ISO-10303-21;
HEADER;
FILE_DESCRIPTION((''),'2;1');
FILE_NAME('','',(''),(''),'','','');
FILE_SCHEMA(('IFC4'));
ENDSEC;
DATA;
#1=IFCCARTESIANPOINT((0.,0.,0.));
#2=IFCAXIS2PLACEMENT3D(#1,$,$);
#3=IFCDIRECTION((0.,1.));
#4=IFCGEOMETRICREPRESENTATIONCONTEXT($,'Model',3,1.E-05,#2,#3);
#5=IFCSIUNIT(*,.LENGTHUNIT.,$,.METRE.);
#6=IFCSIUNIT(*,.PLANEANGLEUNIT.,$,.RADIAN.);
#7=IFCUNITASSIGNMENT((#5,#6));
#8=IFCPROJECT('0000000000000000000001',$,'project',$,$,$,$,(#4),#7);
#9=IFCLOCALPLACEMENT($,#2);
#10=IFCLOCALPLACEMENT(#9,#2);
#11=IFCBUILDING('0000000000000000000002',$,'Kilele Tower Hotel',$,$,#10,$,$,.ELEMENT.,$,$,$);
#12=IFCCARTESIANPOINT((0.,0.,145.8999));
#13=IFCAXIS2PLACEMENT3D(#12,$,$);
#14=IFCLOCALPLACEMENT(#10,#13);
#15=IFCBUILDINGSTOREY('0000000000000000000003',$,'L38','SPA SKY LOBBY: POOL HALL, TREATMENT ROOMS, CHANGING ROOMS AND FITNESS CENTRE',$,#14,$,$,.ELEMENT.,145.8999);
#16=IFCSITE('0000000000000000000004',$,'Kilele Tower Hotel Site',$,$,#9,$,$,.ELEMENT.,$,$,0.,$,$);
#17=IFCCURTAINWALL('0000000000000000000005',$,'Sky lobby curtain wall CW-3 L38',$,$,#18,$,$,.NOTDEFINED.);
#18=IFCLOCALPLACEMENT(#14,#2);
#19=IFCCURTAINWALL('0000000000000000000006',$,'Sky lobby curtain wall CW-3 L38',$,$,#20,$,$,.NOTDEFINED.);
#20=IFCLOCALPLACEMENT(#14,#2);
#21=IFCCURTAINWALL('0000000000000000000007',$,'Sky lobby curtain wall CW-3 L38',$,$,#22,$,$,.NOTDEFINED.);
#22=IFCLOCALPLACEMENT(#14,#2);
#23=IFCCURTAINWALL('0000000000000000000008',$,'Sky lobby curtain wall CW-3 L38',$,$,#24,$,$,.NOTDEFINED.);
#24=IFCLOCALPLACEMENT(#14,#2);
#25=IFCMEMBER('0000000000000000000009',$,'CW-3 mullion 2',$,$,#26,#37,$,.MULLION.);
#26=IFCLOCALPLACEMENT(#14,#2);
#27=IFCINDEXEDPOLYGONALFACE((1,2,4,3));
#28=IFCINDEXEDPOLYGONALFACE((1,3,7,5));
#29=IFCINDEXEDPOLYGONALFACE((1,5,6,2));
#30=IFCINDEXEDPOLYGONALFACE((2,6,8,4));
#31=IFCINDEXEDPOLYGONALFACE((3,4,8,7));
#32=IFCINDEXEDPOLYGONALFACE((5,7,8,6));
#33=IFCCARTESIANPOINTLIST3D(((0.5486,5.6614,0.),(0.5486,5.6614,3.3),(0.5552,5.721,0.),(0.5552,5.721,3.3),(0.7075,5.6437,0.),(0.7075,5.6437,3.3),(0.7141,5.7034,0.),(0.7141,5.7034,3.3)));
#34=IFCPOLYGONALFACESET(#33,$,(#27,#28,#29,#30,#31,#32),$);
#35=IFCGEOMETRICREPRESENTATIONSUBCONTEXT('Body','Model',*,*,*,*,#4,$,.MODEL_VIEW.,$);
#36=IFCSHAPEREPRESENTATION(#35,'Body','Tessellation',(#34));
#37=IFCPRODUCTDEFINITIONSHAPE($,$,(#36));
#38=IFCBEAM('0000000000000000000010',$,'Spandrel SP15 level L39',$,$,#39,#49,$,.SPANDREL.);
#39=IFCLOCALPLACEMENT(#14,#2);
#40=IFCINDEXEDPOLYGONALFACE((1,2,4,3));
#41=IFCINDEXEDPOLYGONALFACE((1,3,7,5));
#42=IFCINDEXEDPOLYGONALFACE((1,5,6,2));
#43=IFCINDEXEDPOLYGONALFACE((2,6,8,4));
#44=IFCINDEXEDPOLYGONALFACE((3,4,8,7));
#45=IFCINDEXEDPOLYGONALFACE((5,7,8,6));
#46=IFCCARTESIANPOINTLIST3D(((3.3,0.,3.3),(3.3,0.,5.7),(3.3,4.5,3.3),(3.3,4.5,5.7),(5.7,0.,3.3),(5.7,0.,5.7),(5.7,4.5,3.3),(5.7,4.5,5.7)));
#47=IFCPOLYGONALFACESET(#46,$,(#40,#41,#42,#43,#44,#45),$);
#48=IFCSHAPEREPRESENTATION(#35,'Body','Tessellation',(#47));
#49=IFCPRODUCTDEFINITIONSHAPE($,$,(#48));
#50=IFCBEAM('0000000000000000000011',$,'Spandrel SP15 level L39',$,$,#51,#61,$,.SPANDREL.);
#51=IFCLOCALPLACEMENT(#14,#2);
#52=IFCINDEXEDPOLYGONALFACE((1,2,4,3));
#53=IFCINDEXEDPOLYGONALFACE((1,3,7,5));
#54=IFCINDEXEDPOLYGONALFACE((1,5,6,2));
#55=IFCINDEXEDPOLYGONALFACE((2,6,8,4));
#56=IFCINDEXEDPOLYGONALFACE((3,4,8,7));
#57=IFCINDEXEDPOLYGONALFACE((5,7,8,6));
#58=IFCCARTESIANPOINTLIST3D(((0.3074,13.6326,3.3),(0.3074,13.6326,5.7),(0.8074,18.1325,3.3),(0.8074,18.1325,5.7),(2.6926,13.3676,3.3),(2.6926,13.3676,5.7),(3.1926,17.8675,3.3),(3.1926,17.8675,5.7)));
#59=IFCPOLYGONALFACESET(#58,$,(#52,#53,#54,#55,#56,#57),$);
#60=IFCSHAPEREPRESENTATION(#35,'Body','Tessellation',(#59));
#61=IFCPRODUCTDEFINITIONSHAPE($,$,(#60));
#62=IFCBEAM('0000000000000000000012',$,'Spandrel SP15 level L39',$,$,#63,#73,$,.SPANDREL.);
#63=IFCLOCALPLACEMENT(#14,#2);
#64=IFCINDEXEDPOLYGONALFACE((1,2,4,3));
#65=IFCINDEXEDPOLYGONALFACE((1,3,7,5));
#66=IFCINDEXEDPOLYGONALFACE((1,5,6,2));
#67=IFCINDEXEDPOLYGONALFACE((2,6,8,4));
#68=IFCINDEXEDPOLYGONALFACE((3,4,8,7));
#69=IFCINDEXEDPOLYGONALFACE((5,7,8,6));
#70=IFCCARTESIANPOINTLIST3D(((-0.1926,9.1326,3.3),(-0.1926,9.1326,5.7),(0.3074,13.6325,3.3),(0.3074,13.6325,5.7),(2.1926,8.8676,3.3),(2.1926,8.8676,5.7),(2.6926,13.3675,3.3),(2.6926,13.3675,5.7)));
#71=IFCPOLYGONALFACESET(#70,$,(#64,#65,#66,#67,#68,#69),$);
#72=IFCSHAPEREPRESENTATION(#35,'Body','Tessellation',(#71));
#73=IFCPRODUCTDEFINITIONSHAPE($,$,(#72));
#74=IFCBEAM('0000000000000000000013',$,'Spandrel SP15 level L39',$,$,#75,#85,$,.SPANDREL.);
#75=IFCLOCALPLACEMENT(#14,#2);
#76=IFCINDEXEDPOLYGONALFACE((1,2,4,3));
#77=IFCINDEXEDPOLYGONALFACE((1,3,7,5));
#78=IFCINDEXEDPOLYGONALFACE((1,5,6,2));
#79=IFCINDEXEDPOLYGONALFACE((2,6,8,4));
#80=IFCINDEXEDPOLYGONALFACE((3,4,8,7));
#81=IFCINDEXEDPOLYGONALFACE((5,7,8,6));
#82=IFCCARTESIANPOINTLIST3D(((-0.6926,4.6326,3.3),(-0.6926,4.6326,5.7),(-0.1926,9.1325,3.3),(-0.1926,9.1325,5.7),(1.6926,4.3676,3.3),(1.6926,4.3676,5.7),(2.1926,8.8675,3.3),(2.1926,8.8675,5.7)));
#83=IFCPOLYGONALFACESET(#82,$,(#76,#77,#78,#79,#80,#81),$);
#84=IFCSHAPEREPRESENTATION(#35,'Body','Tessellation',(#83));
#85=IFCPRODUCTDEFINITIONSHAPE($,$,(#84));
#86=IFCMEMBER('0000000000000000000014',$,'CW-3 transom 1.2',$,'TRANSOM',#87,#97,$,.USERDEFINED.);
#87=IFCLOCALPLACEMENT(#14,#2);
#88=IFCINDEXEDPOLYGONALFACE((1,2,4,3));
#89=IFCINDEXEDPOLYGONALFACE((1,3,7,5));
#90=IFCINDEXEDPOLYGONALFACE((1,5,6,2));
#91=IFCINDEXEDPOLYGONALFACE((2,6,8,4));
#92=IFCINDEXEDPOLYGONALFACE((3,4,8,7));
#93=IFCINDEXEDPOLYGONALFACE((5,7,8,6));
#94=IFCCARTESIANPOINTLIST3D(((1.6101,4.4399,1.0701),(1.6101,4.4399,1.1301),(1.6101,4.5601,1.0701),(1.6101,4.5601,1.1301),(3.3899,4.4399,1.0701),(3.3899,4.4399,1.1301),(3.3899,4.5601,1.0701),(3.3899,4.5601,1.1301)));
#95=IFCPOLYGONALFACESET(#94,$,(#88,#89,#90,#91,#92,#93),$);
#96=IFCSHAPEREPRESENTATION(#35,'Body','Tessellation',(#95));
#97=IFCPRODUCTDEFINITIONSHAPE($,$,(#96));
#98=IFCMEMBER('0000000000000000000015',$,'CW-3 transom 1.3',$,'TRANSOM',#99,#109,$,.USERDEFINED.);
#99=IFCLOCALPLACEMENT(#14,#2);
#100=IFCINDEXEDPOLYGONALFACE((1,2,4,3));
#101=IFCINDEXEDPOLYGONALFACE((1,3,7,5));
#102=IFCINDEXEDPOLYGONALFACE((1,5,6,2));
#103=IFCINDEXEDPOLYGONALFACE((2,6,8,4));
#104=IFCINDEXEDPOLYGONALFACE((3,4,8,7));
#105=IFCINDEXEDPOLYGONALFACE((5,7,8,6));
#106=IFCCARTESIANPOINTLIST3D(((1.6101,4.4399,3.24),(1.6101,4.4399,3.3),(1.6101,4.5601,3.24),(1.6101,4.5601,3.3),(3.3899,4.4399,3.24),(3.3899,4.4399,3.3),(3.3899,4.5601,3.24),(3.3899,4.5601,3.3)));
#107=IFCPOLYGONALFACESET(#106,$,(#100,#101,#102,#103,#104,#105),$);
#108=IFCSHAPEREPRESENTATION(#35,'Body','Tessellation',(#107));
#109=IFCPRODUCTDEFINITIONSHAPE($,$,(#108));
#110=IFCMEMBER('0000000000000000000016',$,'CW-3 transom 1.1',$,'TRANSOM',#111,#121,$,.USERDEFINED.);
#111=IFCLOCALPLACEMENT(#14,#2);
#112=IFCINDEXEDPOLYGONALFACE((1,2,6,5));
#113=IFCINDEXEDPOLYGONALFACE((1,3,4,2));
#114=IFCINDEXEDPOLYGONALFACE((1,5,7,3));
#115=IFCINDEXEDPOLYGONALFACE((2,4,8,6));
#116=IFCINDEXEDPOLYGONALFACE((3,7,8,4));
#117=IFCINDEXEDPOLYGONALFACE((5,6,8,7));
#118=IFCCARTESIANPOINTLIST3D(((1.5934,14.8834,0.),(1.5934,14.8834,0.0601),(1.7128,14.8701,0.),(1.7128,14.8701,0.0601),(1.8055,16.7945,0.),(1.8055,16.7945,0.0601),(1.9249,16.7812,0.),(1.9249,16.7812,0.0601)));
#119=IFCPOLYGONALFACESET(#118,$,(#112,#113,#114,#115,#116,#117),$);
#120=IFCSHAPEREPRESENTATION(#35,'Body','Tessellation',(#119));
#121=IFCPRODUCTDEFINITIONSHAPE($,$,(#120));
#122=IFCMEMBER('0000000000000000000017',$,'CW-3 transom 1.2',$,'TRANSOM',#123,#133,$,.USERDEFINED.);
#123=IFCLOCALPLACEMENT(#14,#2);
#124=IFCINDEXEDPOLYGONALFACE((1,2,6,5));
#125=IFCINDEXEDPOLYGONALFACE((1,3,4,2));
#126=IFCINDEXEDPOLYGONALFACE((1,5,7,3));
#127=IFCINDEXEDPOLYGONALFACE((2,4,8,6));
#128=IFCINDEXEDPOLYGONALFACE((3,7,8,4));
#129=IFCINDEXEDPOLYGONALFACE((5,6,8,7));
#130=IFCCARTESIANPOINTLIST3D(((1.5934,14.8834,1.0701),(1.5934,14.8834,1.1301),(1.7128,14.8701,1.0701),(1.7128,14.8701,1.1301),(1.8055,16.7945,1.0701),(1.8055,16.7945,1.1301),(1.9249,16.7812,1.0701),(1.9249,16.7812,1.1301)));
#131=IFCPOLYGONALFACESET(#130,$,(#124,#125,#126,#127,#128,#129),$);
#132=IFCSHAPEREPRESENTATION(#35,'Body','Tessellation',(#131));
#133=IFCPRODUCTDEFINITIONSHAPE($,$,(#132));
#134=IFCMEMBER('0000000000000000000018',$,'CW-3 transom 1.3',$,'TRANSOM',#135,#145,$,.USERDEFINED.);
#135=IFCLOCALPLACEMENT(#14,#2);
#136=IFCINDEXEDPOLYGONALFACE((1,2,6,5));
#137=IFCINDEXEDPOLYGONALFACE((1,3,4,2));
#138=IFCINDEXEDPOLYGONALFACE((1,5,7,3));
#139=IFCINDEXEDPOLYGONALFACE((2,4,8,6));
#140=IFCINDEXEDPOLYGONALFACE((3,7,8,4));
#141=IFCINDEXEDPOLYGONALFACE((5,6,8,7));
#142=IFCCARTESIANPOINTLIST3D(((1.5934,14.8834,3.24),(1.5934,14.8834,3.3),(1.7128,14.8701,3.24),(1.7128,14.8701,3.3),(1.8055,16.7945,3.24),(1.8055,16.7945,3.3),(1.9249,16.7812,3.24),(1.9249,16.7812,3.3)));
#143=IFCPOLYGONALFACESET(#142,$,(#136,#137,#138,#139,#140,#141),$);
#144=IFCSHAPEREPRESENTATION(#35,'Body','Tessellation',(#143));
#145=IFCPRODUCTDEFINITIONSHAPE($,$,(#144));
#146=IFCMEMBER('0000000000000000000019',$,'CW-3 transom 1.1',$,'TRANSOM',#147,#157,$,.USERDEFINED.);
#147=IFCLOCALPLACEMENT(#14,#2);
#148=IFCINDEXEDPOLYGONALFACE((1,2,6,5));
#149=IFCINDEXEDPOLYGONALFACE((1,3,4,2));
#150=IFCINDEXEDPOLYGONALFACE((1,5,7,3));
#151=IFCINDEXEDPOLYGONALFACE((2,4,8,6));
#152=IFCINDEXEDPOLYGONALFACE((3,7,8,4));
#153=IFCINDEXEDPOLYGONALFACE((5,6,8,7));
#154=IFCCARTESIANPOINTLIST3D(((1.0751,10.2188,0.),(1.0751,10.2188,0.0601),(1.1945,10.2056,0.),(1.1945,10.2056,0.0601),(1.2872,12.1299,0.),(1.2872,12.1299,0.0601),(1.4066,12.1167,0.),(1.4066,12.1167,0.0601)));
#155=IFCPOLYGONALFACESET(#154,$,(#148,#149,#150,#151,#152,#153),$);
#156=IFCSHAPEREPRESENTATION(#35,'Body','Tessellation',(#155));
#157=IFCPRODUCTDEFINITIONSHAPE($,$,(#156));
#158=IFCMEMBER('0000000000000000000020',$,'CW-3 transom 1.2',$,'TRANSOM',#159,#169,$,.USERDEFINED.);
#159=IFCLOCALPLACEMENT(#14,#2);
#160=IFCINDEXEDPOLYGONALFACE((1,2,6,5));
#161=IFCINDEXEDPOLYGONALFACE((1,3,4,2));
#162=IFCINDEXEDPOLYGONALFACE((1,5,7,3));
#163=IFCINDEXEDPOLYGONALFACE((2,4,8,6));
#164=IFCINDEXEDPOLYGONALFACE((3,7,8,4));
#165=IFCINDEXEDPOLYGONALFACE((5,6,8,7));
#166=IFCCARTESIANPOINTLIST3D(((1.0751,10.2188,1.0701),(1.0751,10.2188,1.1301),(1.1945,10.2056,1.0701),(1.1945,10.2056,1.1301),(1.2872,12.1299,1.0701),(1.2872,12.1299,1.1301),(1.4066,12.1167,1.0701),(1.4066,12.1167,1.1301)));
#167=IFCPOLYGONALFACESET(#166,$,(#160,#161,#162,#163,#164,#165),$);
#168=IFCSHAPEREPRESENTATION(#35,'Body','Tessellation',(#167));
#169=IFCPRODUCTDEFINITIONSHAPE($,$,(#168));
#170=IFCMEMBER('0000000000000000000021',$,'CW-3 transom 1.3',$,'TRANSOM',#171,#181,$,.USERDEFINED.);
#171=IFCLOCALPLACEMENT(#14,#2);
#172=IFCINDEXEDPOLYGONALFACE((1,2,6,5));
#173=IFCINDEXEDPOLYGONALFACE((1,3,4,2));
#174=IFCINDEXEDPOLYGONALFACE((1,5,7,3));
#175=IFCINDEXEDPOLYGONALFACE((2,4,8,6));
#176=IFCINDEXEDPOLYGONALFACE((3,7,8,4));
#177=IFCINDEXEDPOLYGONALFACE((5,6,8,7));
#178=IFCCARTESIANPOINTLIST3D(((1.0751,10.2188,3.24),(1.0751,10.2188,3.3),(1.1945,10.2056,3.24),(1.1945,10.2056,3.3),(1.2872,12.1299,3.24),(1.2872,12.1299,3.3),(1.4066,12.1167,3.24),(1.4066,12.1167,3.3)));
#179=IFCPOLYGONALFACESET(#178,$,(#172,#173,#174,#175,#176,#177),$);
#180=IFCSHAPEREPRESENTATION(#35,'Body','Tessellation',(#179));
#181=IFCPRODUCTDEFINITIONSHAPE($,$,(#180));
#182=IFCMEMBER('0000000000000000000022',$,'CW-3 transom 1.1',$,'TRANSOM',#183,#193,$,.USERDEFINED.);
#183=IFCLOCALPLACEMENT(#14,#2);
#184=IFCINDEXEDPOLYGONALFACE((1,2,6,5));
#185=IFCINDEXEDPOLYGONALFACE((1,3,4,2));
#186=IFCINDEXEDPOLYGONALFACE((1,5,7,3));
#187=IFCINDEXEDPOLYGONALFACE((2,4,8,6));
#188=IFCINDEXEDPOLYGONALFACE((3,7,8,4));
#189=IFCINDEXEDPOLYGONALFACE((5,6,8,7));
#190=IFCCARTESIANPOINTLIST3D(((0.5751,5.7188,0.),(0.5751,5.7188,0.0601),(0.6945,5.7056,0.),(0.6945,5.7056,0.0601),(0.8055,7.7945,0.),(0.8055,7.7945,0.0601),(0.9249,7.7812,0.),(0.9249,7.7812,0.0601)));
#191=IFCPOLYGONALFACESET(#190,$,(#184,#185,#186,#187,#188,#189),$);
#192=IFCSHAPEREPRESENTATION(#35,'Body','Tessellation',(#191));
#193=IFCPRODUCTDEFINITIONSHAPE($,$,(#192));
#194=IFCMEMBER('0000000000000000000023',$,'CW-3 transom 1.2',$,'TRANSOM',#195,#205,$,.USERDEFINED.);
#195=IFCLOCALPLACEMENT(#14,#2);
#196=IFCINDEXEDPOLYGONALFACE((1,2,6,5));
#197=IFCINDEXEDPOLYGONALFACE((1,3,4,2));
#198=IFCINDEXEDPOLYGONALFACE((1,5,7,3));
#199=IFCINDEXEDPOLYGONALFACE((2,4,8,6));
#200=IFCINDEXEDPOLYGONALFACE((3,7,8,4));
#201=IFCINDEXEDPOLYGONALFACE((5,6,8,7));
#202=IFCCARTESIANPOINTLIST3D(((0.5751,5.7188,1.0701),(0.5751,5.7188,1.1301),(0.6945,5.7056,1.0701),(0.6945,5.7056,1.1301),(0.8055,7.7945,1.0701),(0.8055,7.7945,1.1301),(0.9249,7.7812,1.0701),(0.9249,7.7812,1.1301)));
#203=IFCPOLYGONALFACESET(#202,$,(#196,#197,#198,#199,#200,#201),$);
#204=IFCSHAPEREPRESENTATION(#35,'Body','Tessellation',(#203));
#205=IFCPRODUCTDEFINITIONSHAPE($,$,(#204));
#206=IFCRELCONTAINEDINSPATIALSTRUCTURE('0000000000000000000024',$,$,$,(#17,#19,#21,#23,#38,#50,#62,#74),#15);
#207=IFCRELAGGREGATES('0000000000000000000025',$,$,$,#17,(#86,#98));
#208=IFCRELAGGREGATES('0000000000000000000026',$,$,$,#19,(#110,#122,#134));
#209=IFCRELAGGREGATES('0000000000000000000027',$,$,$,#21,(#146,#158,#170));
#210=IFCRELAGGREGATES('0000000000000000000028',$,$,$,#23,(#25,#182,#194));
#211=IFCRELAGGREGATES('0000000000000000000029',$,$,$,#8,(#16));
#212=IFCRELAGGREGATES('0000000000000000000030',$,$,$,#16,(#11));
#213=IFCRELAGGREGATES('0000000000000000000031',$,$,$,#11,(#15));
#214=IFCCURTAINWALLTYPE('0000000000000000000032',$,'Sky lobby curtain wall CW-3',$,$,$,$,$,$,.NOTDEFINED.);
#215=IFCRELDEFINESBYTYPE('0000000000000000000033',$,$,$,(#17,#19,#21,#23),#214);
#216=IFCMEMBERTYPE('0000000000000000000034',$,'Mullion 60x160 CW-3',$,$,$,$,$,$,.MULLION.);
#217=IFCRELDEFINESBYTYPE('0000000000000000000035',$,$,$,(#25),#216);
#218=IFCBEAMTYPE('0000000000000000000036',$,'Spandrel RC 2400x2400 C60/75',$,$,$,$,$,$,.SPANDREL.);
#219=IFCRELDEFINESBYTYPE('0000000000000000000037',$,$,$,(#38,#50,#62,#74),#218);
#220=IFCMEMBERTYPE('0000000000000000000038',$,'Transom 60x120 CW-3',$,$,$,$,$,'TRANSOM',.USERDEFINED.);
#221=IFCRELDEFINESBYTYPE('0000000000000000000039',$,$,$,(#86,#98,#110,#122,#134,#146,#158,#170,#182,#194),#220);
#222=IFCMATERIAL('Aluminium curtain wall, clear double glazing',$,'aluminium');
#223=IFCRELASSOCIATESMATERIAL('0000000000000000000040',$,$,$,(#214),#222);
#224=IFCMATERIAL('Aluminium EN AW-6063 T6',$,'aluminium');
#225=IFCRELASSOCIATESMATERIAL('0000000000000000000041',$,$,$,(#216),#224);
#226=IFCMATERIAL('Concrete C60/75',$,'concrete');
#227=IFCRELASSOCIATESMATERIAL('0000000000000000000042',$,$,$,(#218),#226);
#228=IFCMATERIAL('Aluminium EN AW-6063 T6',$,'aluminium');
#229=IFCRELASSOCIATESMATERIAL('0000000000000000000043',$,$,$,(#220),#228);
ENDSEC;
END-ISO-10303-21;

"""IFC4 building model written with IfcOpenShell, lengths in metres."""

from ifc_helpers import new_model, si_unit, direction, frame, origin, origin_2d, place, context, subcontext, project, spatial, rectangle, extrude, material, material_profile, profile_set, type_object, element, aggregate, save


model = new_model("IFC4")

# Units and contexts
model_context = context("Model", 3, precision=1e-05, world=origin(), true_north=direction((0.0, 1.0)))
body_context = subcontext(model_context, "Body", "Model", "MODEL_VIEW")
ifc_project = project(units=[si_unit("LENGTHUNIT", "METRE"), si_unit("PLANEANGLEUNIT", "RADIAN")], contexts=[model_context])

# Site, building, storey
site_placement = place(None, origin())
site = spatial("IfcSite", under=ifc_project, at=site_placement, Name="Kilele Tower Hotel Site", CompositionType="ELEMENT", RefElevation=0.0)
building_placement = place(site_placement, origin())
building = spatial("IfcBuilding", under=site, at=building_placement, Name="Kilele Tower Hotel", CompositionType="ELEMENT")
storey_placement = place(building_placement, frame((0.0, 0.0, 145.8999)))
storey = spatial("IfcBuildingStorey", under=building, at=storey_placement, Name="L38", Description="SPA SKY LOBBY: POOL HALL, TREATMENT ROOMS, CHANGING ROOMS AND FITNESS CENTRE", CompositionType="ELEMENT", Elevation=145.8999)

# Curtain wall
ifc_material_1 = material(Name="Aluminium curtain wall, clear double glazing", Category="aluminium")
curtain_wall_type = type_object("IfcCurtainWallType", Name="Sky lobby curtain wall CW-3", PredefinedType="NOTDEFINED", material=ifc_material_1)
curtain_wall_1_placement = place(storey_placement, origin())
curtain_wall_1 = element("IfcCurtainWall", 1, at=curtain_wall_1_placement, inside=storey, type_object=curtain_wall_type, Name="Sky lobby curtain wall CW-3 L38", PredefinedType="NOTDEFINED")
ifc_material_2 = material(Name="Aluminium EN AW-6063 T6", Category="aluminium")
ifc_material_profile_1 = material_profile(ifc_material_2, rectangle(XDim=0.1599, YDim=0.0601, at=origin_2d()))
ifc_profile_set_1 = profile_set([ifc_material_profile_1], Name="Aluminium EN AW-6063 T6")
member_type_1 = type_object("IfcMemberType", Name="Mullion 60x160 CW-3", PredefinedType="MULLION", material=ifc_profile_set_1)

# Curtain walls, member
curtain_wall_2_placement = place(storey_placement, origin())
curtain_wall_2 = element("IfcCurtainWall", 2, at=curtain_wall_2_placement, inside=storey, type_object=curtain_wall_type, Name="Sky lobby curtain wall CW-3 L38", PredefinedType="NOTDEFINED")
curtain_wall_3_placement = place(storey_placement, origin())
curtain_wall_3 = element("IfcCurtainWall", 3, at=curtain_wall_3_placement, inside=storey, type_object=curtain_wall_type, Name="Sky lobby curtain wall CW-3 L38", PredefinedType="NOTDEFINED")
curtain_wall_4_placement = place(storey_placement, origin())
curtain_wall_4 = element("IfcCurtainWall", 4, at=curtain_wall_4_placement, inside=storey, type_object=curtain_wall_type, Name="Sky lobby curtain wall CW-3 L38", PredefinedType="NOTDEFINED")
member_1_placement = place(storey_placement, frame((0.6313, 5.6824, 0.0), z_axis=(0.0, 0.0, 1.0), x_axis=(0.993884, -0.110432, 0.0)))
member_1 = element("IfcMember", 5, at=member_1_placement, type_object=member_type_1, Name="CW-3 mullion 2", PredefinedType="MULLION", context=body_context, shape_type="SweptSolid", body=[
    extrude(rectangle(XDim=0.1599, YDim=0.0601, at=origin_2d()), origin(), (0.0, 0.0, 1.0), 3.3),
])

# Beams
ifc_material_3 = material(Name="Concrete C60/75", Category="concrete")
ifc_material_profile_2 = material_profile(ifc_material_3, rectangle(XDim=2.3999, YDim=2.3999, at=origin_2d()))
ifc_profile_set_2 = profile_set([ifc_material_profile_2], Name="Concrete C60/75")
beam_type_1 = type_object("IfcBeamType", Name="Spandrel RC 2400x2400 C60/75", PredefinedType="SPANDREL", material=ifc_profile_set_2)
beam_1_placement = place(storey_placement, frame((4.5, 4.5, 4.5), z_axis=(0.0, -1.0, 0.0), x_axis=(1.0, 0.0, 0.0)))
element("IfcBeam", 6, at=beam_1_placement, inside=storey, type_object=beam_type_1, Name="Spandrel SP15 level L39", PredefinedType="SPANDREL", context=body_context, shape_type="SweptSolid", body=[
    extrude(rectangle(XDim=2.3999, YDim=2.3999, at=origin_2d()), origin(), (0.0, 0.0, 1.0), 4.5),
])
for number, where, z_axis, x_axis, name in (
    (7, (2.0, 18.0, 4.5), (-0.110432, -0.993884, 0.0), (0.993884, -0.110432, 0.0), "Spandrel SP15 level L39"),
    (8, (1.5, 13.5, 4.5), (-0.110432, -0.993884, 0.0), (0.993884, -0.110432, 0.0), "Spandrel SP15 level L39"),
    (9, (1.0, 9.0, 4.5), (-0.110432, -0.993884, 0.0), (0.993884, -0.110432, 0.0), "Spandrel SP15 level L39"),
):
    element("IfcBeam", number, at=place(storey_placement, frame(where, z_axis=z_axis, x_axis=x_axis)), inside=storey, type_object=beam_type_1, Name=name, PredefinedType="SPANDREL", context=body_context, shape_type="SweptSolid", body=[
        extrude(rectangle(XDim=2.3999, YDim=2.3999, at=origin_2d()), origin(), (0.0, 0.0, 1.0), 4.5276),
    ])

# Members
ifc_material_4 = material(Name="Aluminium EN AW-6063 T6", Category="aluminium")
ifc_material_profile_3 = material_profile(ifc_material_4, rectangle(XDim=0.1201, YDim=0.0601, at=origin_2d()))
ifc_profile_set_3 = profile_set([ifc_material_profile_3], Name="Aluminium EN AW-6063 T6")
member_type_2 = type_object("IfcMemberType", Name="Transom 60x120 CW-3", ElementType="TRANSOM", PredefinedType="USERDEFINED", material=ifc_profile_set_3)
member_2_placement = place(storey_placement, frame((1.6101, 4.5, 1.1001), z_axis=(1.0, 0.0, 0.0), x_axis=(0.0, 1.0, 0.0)))
member_2 = element("IfcMember", 10, at=member_2_placement, type_object=member_type_2, Name="CW-3 transom 1.2", ObjectType="TRANSOM", PredefinedType="USERDEFINED", context=body_context, shape_type="SweptSolid", body=[
    extrude(rectangle(XDim=0.1201, YDim=0.0601, at=origin_2d()), origin(), (0.0, 0.0, 1.0), 1.7798),
])
member_3_placement = place(storey_placement, frame((1.6101, 4.5, 3.27), z_axis=(1.0, 0.0, 0.0), x_axis=(0.0, 1.0, 0.0)))
member_3 = element("IfcMember", 11, at=member_3_placement, type_object=member_type_2, Name="CW-3 transom 1.3", ObjectType="TRANSOM", PredefinedType="USERDEFINED", context=body_context, shape_type="SweptSolid", body=[
    extrude(rectangle(XDim=0.1201, YDim=0.0601, at=origin_2d()), origin(), (0.0, 0.0, 1.0), 1.7798),
])
member_4_placement = place(storey_placement, frame((1.8652, 16.7878, 0.03), z_axis=(-0.110334, -0.993895, 0.0), x_axis=(0.993895, -0.110334, 0.0)))
member_4 = element("IfcMember", 12, at=member_4_placement, type_object=member_type_2, Name="CW-3 transom 1.1", ObjectType="TRANSOM", PredefinedType="USERDEFINED", context=body_context, shape_type="SweptSolid", body=[
    extrude(rectangle(XDim=0.1201, YDim=0.0601, at=origin_2d()), origin(), (0.0, 0.0, 1.0), 1.9229),
])
member_5_placement = place(storey_placement, frame((1.8652, 16.7878, 1.1001), z_axis=(-0.110334, -0.993895, 0.0), x_axis=(0.993895, -0.110334, 0.0)))
member_5 = element("IfcMember", 13, at=member_5_placement, type_object=member_type_2, Name="CW-3 transom 1.2", ObjectType="TRANSOM", PredefinedType="USERDEFINED", context=body_context, shape_type="SweptSolid", body=[
    extrude(rectangle(XDim=0.1201, YDim=0.0601, at=origin_2d()), origin(), (0.0, 0.0, 1.0), 1.9229),
])
member_6_placement = place(storey_placement, frame((1.8652, 16.7878, 3.27), z_axis=(-0.110334, -0.993895, 0.0), x_axis=(0.993895, -0.110334, 0.0)))
member_6 = element("IfcMember", 14, at=member_6_placement, type_object=member_type_2, Name="CW-3 transom 1.3", ObjectType="TRANSOM", PredefinedType="USERDEFINED", context=body_context, shape_type="SweptSolid", body=[
    extrude(rectangle(XDim=0.1201, YDim=0.0601, at=origin_2d()), origin(), (0.0, 0.0, 1.0), 1.9229),
])
member_7_placement = place(storey_placement, frame((1.3469, 12.1233, 0.03), z_axis=(-0.110334, -0.993895, 0.0), x_axis=(0.993895, -0.110334, 0.0)))
member_7 = element("IfcMember", 15, at=member_7_placement, type_object=member_type_2, Name="CW-3 transom 1.1", ObjectType="TRANSOM", PredefinedType="USERDEFINED", context=body_context, shape_type="SweptSolid", body=[
    extrude(rectangle(XDim=0.1201, YDim=0.0601, at=origin_2d()), origin(), (0.0, 0.0, 1.0), 1.9229),
])
member_8_placement = place(storey_placement, frame((1.3469, 12.1233, 1.1001), z_axis=(-0.110334, -0.993895, 0.0), x_axis=(0.993895, -0.110334, 0.0)))
member_8 = element("IfcMember", 16, at=member_8_placement, type_object=member_type_2, Name="CW-3 transom 1.2", ObjectType="TRANSOM", PredefinedType="USERDEFINED", context=body_context, shape_type="SweptSolid", body=[
    extrude(rectangle(XDim=0.1201, YDim=0.0601, at=origin_2d()), origin(), (0.0, 0.0, 1.0), 1.9229),
])
member_9_placement = place(storey_placement, frame((1.3469, 12.1233, 3.27), z_axis=(-0.110334, -0.993895, 0.0), x_axis=(0.993895, -0.110334, 0.0)))
member_9 = element("IfcMember", 17, at=member_9_placement, type_object=member_type_2, Name="CW-3 transom 1.3", ObjectType="TRANSOM", PredefinedType="USERDEFINED", context=body_context, shape_type="SweptSolid", body=[
    extrude(rectangle(XDim=0.1201, YDim=0.0601, at=origin_2d()), origin(), (0.0, 0.0, 1.0), 1.9229),
])
member_10_placement = place(storey_placement, frame((0.8652, 7.7878, 0.03), z_axis=(-0.110355, -0.993892, 0.0), x_axis=(0.993892, -0.110355, 0.0)))
member_10 = element("IfcMember", 18, at=member_10_placement, type_object=member_type_2, Name="CW-3 transom 1.1", ObjectType="TRANSOM", PredefinedType="USERDEFINED", context=body_context, shape_type="SweptSolid", body=[
    extrude(rectangle(XDim=0.1201, YDim=0.0601, at=origin_2d()), origin(), (0.0, 0.0, 1.0), 2.0884),
])
member_11_placement = place(storey_placement, frame((0.8652, 7.7878, 1.1001), z_axis=(-0.110355, -0.993892, 0.0), x_axis=(0.993892, -0.110355, 0.0)))
member_11 = element("IfcMember", 19, at=member_11_placement, type_object=member_type_2, Name="CW-3 transom 1.2", ObjectType="TRANSOM", PredefinedType="USERDEFINED", context=body_context, shape_type="SweptSolid", body=[
    extrude(rectangle(XDim=0.1201, YDim=0.0601, at=origin_2d()), origin(), (0.0, 0.0, 1.0), 2.0884),
])

aggregate(curtain_wall_1, [member_2, member_3])
aggregate(curtain_wall_2, [member_4, member_5, member_6])
aggregate(curtain_wall_3, [member_7, member_8, member_9])
aggregate(curtain_wall_4, [member_1, member_10, member_11])

save(model, "model.ifc")
